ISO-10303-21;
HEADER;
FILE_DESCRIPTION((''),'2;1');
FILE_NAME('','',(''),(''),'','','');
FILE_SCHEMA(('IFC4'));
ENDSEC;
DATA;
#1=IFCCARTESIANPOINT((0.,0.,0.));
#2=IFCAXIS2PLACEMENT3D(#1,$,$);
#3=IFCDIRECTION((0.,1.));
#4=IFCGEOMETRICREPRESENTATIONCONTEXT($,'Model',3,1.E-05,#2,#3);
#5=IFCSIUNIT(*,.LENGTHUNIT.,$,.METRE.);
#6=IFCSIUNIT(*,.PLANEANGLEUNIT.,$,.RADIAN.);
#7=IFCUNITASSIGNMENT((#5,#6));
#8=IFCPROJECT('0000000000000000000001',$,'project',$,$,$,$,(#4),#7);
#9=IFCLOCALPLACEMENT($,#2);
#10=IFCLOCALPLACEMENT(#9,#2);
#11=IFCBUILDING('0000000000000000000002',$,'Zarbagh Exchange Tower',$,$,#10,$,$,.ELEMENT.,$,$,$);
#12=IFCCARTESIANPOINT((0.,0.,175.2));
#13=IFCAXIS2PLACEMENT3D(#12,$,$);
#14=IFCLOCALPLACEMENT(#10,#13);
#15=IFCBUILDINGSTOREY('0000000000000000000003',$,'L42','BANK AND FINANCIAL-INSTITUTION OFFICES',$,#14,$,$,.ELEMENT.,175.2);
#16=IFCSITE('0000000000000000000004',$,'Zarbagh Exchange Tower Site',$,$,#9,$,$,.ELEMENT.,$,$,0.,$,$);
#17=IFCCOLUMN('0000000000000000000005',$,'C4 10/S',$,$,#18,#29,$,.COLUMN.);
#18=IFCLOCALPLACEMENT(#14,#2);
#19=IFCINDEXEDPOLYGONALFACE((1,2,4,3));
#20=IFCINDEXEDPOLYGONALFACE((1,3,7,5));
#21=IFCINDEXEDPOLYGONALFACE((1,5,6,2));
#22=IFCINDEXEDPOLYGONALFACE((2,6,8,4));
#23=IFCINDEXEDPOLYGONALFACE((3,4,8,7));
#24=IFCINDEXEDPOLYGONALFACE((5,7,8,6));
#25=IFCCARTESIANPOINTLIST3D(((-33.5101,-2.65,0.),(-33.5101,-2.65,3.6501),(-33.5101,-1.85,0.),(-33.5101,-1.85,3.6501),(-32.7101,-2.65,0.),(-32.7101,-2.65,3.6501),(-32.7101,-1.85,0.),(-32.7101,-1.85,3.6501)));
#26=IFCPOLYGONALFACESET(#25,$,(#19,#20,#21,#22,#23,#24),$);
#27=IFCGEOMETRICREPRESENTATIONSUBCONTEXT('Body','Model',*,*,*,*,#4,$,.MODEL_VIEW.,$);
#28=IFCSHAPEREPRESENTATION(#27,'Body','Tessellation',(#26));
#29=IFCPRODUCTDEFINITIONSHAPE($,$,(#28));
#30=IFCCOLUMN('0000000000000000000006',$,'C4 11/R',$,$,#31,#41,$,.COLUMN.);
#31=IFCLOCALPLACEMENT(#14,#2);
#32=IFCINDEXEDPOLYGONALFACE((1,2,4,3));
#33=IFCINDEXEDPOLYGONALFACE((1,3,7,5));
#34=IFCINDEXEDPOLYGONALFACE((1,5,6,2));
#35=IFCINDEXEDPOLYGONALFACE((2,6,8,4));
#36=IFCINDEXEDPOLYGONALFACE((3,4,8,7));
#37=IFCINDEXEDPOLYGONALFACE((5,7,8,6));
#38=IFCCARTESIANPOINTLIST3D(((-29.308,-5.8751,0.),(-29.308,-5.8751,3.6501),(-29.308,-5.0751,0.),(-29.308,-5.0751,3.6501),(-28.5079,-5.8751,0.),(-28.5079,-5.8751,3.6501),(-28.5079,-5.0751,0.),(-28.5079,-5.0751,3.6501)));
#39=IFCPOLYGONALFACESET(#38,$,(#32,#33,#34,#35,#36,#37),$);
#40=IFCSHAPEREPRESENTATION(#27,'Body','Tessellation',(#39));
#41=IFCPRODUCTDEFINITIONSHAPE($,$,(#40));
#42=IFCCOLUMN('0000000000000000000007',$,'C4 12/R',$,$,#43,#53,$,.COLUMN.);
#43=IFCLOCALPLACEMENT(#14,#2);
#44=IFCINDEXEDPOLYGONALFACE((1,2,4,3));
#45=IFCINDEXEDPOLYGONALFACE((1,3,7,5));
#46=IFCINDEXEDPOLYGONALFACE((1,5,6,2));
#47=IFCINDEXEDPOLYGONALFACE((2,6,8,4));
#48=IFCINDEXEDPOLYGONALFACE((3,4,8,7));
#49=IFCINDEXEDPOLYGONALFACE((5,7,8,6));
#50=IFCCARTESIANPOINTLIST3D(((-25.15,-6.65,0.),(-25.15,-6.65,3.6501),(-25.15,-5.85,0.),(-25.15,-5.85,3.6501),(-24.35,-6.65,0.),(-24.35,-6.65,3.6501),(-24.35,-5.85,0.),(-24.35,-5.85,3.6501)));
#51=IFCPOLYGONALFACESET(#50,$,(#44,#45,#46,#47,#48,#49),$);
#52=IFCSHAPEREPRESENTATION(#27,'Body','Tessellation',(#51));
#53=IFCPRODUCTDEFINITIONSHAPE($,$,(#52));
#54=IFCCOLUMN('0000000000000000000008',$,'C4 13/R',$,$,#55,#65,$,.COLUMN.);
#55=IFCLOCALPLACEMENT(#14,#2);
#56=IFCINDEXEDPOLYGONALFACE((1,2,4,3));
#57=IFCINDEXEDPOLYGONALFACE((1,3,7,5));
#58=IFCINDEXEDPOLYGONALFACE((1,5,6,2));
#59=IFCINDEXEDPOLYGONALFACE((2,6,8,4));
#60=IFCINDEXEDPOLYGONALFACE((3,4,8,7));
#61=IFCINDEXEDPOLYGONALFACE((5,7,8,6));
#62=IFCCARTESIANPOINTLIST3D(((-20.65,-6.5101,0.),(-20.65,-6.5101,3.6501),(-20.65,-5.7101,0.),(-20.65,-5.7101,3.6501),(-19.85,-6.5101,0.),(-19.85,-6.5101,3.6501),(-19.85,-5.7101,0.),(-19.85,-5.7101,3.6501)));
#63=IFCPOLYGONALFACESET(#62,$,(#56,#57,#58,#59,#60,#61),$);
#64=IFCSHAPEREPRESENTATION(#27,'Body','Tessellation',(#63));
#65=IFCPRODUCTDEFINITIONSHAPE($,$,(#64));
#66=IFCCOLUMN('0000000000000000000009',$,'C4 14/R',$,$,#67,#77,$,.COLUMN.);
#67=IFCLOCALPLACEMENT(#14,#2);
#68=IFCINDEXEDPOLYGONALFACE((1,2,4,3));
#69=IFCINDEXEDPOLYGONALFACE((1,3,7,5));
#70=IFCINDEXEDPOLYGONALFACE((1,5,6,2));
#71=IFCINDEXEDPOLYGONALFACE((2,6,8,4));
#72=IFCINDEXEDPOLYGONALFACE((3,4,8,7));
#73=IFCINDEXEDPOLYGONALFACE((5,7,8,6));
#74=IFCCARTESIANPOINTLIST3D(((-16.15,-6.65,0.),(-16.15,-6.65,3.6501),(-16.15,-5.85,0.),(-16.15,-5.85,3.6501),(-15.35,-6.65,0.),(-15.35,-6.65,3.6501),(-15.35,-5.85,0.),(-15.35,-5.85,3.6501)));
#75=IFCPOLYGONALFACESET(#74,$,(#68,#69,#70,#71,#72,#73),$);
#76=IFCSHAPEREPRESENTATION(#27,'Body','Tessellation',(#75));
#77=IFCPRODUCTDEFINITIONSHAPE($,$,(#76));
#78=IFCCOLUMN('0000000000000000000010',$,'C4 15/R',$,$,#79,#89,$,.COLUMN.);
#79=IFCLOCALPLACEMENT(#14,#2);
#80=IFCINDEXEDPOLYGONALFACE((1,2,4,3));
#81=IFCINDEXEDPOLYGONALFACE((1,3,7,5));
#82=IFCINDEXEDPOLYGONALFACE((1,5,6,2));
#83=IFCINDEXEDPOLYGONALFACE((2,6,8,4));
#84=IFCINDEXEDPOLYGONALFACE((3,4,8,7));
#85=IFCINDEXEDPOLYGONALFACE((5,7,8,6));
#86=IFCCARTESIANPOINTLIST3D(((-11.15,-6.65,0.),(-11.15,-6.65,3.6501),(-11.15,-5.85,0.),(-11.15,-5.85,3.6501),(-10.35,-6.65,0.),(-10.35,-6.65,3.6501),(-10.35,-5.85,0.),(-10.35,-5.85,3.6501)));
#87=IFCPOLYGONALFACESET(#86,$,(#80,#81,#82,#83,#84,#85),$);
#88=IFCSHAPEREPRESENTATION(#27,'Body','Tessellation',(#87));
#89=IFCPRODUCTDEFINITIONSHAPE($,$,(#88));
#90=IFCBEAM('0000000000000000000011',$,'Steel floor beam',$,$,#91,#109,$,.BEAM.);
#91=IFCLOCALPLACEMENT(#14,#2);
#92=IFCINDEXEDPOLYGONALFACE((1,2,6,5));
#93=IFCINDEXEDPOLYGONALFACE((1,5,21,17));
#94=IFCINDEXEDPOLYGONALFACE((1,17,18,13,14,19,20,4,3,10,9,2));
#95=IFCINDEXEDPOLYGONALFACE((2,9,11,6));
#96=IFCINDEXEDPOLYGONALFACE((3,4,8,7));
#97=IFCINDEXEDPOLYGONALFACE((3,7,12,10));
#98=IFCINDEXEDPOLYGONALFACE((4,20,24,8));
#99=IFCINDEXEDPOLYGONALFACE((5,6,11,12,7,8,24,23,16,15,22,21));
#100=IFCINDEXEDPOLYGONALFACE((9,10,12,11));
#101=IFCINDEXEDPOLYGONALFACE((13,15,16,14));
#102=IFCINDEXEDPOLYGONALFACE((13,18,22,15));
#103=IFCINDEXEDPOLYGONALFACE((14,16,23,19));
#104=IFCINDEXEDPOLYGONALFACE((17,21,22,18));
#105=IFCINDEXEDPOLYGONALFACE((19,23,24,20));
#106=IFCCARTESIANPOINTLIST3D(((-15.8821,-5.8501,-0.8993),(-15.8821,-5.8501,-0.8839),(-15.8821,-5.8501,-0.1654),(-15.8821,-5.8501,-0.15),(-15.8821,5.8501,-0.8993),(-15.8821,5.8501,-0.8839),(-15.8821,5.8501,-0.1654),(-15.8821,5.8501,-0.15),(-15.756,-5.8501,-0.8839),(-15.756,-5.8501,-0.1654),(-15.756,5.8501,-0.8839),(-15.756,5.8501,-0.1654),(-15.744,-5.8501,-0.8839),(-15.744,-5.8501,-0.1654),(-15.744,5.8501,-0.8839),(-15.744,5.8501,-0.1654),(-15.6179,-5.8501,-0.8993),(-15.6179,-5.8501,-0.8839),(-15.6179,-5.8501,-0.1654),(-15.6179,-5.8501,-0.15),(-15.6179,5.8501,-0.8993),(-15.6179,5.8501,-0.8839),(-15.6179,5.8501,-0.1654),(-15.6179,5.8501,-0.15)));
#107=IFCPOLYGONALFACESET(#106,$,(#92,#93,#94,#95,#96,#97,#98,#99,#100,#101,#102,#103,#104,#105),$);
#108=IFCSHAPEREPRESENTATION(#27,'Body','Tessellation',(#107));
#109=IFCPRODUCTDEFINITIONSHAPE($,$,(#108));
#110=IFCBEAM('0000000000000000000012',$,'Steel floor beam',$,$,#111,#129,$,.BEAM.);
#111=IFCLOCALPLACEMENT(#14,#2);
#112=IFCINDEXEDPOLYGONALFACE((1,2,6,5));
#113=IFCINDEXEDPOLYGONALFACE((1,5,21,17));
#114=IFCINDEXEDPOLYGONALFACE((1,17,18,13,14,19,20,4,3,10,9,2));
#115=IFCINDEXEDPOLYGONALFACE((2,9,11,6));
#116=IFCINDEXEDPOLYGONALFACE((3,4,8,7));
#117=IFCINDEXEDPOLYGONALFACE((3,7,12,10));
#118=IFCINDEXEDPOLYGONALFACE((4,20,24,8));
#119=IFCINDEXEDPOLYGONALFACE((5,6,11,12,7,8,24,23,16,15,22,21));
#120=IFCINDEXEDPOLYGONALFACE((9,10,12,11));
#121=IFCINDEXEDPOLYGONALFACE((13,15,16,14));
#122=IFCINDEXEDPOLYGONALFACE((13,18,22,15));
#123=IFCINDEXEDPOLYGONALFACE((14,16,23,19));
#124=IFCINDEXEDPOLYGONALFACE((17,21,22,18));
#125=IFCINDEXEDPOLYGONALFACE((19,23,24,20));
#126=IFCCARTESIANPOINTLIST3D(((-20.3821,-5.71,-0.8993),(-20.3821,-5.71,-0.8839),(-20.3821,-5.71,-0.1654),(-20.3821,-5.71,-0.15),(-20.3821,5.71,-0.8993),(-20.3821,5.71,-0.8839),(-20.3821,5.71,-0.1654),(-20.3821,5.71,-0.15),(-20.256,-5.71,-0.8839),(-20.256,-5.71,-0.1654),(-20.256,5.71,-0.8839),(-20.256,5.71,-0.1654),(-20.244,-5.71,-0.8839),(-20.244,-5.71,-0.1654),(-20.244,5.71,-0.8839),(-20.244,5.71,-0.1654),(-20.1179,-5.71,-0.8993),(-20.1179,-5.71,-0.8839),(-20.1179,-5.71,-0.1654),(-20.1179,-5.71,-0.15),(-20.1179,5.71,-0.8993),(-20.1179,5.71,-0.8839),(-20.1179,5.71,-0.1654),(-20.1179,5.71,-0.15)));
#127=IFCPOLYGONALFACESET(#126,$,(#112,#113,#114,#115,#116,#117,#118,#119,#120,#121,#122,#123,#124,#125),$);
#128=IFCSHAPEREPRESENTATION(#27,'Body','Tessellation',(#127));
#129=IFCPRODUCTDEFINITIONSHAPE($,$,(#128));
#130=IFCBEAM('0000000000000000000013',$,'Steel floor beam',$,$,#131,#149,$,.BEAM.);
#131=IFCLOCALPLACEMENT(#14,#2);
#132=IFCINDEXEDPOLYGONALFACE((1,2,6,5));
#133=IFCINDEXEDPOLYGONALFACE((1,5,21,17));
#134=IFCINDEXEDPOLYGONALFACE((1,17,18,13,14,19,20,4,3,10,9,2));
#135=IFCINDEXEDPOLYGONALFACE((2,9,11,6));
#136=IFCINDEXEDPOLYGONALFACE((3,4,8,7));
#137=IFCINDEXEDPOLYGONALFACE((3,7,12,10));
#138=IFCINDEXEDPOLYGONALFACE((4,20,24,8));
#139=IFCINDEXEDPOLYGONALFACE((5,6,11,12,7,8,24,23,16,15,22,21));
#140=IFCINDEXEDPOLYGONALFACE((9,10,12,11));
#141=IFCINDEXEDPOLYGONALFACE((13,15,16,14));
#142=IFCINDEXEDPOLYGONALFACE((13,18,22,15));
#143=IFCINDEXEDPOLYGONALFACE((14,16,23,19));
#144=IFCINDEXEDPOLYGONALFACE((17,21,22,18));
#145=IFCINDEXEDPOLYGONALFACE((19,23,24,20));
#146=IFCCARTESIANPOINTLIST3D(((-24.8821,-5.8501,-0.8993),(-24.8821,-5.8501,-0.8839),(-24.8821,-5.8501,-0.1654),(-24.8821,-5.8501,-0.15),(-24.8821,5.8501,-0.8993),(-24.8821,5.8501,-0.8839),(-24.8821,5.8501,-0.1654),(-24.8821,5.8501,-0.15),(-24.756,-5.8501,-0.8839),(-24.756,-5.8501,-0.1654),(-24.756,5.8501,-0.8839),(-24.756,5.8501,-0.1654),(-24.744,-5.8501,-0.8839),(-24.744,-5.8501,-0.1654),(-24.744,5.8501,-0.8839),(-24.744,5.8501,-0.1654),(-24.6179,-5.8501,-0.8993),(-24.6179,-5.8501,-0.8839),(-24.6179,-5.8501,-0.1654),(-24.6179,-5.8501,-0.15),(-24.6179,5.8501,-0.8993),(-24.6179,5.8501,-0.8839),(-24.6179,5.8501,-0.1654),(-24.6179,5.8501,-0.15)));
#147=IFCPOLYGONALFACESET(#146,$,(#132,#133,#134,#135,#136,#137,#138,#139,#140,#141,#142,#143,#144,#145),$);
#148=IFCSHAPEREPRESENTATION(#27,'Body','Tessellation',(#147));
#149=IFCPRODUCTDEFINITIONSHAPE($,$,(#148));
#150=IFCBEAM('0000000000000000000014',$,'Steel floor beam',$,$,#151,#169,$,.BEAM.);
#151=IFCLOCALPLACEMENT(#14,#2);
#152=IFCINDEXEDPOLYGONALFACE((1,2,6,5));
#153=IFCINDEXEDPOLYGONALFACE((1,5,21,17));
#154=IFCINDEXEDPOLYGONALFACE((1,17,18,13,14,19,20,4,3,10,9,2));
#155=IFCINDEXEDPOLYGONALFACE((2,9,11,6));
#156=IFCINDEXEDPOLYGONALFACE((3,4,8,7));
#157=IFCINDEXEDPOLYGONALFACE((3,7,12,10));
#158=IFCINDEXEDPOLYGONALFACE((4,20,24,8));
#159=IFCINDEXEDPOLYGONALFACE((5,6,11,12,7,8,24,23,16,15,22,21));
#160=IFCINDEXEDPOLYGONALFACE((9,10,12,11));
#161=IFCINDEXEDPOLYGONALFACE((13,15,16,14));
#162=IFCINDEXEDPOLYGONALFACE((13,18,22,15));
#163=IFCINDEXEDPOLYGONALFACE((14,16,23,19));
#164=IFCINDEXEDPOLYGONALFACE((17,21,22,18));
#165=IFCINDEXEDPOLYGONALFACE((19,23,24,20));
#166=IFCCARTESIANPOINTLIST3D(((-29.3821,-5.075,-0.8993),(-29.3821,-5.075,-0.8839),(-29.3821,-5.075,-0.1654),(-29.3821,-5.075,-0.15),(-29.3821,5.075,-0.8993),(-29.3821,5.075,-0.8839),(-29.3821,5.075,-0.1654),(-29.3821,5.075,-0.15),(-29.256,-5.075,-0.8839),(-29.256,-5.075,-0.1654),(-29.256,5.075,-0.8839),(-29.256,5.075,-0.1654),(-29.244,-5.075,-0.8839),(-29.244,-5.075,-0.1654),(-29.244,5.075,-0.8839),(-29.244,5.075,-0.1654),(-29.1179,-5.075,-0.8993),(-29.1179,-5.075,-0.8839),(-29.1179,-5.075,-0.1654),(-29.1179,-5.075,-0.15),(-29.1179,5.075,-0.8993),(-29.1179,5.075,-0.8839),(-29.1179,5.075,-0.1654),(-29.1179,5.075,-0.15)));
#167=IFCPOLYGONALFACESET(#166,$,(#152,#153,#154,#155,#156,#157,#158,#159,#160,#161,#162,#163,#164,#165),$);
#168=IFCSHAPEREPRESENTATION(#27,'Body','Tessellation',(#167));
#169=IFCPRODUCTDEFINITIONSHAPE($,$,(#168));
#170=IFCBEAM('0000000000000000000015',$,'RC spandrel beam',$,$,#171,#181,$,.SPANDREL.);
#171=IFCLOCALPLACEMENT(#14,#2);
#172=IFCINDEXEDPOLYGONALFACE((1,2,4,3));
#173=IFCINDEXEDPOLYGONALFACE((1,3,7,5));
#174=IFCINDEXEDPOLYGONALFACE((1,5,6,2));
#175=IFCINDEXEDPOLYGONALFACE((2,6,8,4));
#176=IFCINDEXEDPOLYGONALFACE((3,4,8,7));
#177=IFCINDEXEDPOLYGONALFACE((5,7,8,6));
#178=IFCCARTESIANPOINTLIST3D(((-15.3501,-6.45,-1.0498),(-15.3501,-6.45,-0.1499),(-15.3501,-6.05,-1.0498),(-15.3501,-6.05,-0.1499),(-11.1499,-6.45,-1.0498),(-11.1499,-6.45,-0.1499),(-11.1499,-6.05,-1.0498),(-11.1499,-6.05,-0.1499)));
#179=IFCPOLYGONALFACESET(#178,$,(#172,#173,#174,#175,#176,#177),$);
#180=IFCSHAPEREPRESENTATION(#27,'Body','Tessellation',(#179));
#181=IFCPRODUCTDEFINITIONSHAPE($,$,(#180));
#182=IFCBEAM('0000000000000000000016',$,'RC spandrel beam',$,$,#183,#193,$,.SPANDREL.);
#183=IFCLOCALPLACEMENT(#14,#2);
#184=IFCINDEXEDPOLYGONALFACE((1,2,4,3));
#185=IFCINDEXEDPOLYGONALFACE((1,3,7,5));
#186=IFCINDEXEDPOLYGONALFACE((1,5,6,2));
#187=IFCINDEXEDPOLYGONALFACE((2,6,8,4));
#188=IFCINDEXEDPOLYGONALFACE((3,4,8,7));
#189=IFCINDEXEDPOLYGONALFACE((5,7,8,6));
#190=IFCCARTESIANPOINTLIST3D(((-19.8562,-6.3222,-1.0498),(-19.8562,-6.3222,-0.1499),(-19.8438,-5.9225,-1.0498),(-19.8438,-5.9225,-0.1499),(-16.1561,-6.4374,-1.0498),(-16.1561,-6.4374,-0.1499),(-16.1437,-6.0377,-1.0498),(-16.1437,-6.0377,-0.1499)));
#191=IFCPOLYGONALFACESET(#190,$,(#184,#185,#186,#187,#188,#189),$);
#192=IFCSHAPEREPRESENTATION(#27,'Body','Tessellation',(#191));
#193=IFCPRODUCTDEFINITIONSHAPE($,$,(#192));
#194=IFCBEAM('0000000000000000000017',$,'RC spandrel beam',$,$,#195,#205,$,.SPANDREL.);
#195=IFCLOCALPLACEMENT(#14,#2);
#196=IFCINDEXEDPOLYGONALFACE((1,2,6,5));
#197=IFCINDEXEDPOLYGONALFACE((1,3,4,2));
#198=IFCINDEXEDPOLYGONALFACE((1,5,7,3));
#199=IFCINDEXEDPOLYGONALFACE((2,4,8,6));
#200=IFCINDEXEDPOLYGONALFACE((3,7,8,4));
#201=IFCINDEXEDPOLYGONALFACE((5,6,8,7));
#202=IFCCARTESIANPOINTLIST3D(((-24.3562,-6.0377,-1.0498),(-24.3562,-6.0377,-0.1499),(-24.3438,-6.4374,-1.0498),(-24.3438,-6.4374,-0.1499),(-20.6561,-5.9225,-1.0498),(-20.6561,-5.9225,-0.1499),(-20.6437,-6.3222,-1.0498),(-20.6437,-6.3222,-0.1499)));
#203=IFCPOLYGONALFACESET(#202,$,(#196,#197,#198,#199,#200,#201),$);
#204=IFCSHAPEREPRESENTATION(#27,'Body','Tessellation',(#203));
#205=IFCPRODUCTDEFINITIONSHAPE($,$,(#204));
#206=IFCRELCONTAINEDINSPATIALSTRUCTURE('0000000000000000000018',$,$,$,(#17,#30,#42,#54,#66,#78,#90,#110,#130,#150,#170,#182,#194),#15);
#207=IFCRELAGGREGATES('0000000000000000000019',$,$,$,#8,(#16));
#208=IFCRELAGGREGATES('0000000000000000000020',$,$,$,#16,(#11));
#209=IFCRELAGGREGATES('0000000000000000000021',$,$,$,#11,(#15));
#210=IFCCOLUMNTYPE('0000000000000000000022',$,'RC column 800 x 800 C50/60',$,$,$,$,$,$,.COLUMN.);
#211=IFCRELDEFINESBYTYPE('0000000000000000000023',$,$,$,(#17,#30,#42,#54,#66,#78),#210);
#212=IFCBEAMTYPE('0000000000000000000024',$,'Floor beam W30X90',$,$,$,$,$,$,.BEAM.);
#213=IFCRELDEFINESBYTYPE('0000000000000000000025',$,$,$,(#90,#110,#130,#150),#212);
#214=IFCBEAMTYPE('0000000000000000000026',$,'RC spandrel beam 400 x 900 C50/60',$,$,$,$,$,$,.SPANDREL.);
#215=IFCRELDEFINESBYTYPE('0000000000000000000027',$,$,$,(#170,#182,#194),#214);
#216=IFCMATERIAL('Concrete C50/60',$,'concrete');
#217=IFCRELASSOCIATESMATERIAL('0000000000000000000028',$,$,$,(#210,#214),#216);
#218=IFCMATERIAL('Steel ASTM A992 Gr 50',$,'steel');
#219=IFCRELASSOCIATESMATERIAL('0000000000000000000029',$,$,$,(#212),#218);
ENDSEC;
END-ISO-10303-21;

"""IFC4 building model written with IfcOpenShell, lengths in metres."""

from ifc_helpers import new_model, si_unit, direction, frame, origin, origin_2d, place, context, subcontext, project, spatial, rectangle, i_section, extrude, material, material_profile, profile_set, type_object, element, save


model = new_model("IFC4")

# Units and contexts
model_context = context("Model", 3, precision=1e-05, world=origin(), true_north=direction((0.0, 1.0)))
body_context = subcontext(model_context, "Body", "Model", "MODEL_VIEW")
ifc_project = project(units=[si_unit("LENGTHUNIT", "METRE"), si_unit("PLANEANGLEUNIT", "RADIAN")], contexts=[model_context])

# Site, building, storey
site_placement = place(None, origin())
site = spatial("IfcSite", under=ifc_project, at=site_placement, Name="Zarbagh Exchange Tower Site", CompositionType="ELEMENT", RefElevation=0.0)
building_placement = place(site_placement, origin())
building = spatial("IfcBuilding", under=site, at=building_placement, Name="Zarbagh Exchange Tower", CompositionType="ELEMENT")
storey_placement = place(building_placement, frame((0.0, 0.0, 175.2)))
storey = spatial("IfcBuildingStorey", under=building, at=storey_placement, Name="L42", Description="BANK AND FINANCIAL-INSTITUTION OFFICES", CompositionType="ELEMENT", Elevation=175.2)

# Columns
ifc_material_1 = material(Name="Concrete C50/60", Category="concrete")
ifc_material_profile_1 = material_profile(ifc_material_1, rectangle(XDim=0.8, YDim=0.8, at=origin_2d()), Name="RC column 800 x 800 C50/60")
ifc_profile_set_1 = profile_set([ifc_material_profile_1], Name="Concrete C50/60")
column_type = type_object("IfcColumnType", Name="RC column 800 x 800 C50/60", PredefinedType="COLUMN", material=ifc_profile_set_1)
for number, where, z_axis, x_axis, name in (
    (1, (-33.1101, -2.25, 0.0), (0.0, 0.0, 1.0), (1.0, 0.0, 0.0), "C4 10/S"),
    (2, (-28.908, -5.4751, 0.0), (0.0, 0.0, 1.0), (1.0, 0.0, 0.0), "C4 11/R"),
    (3, (-24.75, -6.25, 0.0), (0.0, 0.0, 1.0), (1.0, 0.0, 0.0), "C4 12/R"),
    (4, (-20.25, -6.1101, 0.0), (0.0, 0.0, 1.0), (1.0, 0.0, 0.0), "C4 13/R"),
    (5, (-15.75, -6.25, 0.0), (0.0, 0.0, 1.0), (1.0, 0.0, 0.0), "C4 14/R"),
    (6, (-10.75, -6.25, 0.0), (0.0, 0.0, 1.0), (1.0, 0.0, 0.0), "C4 15/R"),
):
    element("IfcColumn", number, at=place(storey_placement, frame(where, z_axis=z_axis, x_axis=x_axis)), inside=storey, type_object=column_type, Name=name, PredefinedType="COLUMN", context=body_context, shape_type="SweptSolid", body=[
        extrude(rectangle(XDim=0.8, YDim=0.8, at=origin_2d()), origin(), (0.0, 0.0, 1.0), 3.6501),
    ])

# Beams
ifc_material_2 = material(Name="Steel ASTM A992 Gr 50", Category="steel")
ifc_material_profile_2 = material_profile(ifc_material_2, i_section(OverallWidth=0.2642, OverallDepth=0.7493, WebThickness=0.012, FlangeThickness=0.0154, at=origin_2d()), Name="W30X90")
ifc_profile_set_2 = profile_set([ifc_material_profile_2], Name="Steel ASTM A992 Gr 50")
beam_type_1 = type_object("IfcBeamType", Name="Floor beam W30X90", PredefinedType="BEAM", material=ifc_profile_set_2)
beam_1_placement = place(storey_placement, frame((-15.75, -5.8501, -0.5247), z_axis=(0.0, 1.0, 0.0), x_axis=(-1.0, 0.0, 0.0)))
element("IfcBeam", 7, at=beam_1_placement, inside=storey, type_object=beam_type_1, Name="Steel floor beam", PredefinedType="BEAM", context=body_context, shape_type="SweptSolid", body=[
    extrude(i_section(OverallWidth=0.2642, OverallDepth=0.7493, WebThickness=0.012, FlangeThickness=0.0154, at=origin_2d()), origin(), (0.0, 0.0, 1.0), 11.7002),
])
beam_2_placement = place(storey_placement, frame((-20.25, -5.71, -0.5247), z_axis=(0.0, 1.0, 0.0), x_axis=(-1.0, 0.0, 0.0)))
element("IfcBeam", 8, at=beam_2_placement, inside=storey, type_object=beam_type_1, Name="Steel floor beam", PredefinedType="BEAM", context=body_context, shape_type="SweptSolid", body=[
    extrude(i_section(OverallWidth=0.2642, OverallDepth=0.7493, WebThickness=0.012, FlangeThickness=0.0154, at=origin_2d()), origin(), (0.0, 0.0, 1.0), 11.4199),
])
beam_3_placement = place(storey_placement, frame((-24.75, -5.8501, -0.5247), z_axis=(0.0, 1.0, 0.0), x_axis=(-1.0, 0.0, 0.0)))
element("IfcBeam", 9, at=beam_3_placement, inside=storey, type_object=beam_type_1, Name="Steel floor beam", PredefinedType="BEAM", context=body_context, shape_type="SweptSolid", body=[
    extrude(i_section(OverallWidth=0.2642, OverallDepth=0.7493, WebThickness=0.012, FlangeThickness=0.0154, at=origin_2d()), origin(), (0.0, 0.0, 1.0), 11.7002),
])
beam_4_placement = place(storey_placement, frame((-29.25, -5.075, -0.5247), z_axis=(0.0, 1.0, 0.0), x_axis=(-1.0, 0.0, 0.0)))
element("IfcBeam", 10, at=beam_4_placement, inside=storey, type_object=beam_type_1, Name="Steel floor beam", PredefinedType="BEAM", context=body_context, shape_type="SweptSolid", body=[
    extrude(i_section(OverallWidth=0.2642, OverallDepth=0.7493, WebThickness=0.012, FlangeThickness=0.0154, at=origin_2d()), origin(), (0.0, 0.0, 1.0), 10.1499),
])
ifc_material_profile_3 = material_profile(ifc_material_1, rectangle(XDim=0.3999, YDim=0.8999, at=origin_2d()), Name="RC spandrel beam 400 x 900 C50/60")
ifc_profile_set_3 = profile_set([ifc_material_profile_3], Name="Concrete C50/60")
beam_type_2 = type_object("IfcBeamType", Name="RC spandrel beam 400 x 900 C50/60", PredefinedType="SPANDREL", material=ifc_profile_set_3)
beam_5_placement = place(storey_placement, frame((-11.1499, -6.25, -0.5999), z_axis=(-1.0, 0.0, 0.0), x_axis=(0.0, -1.0, 0.0)))
element("IfcBeam", 11, at=beam_5_placement, inside=storey, type_object=beam_type_2, Name="RC spandrel beam", PredefinedType="SPANDREL", context=body_context, shape_type="SweptSolid", body=[
    extrude(rectangle(XDim=0.3999, YDim=0.8999, at=origin_2d()), origin(), (0.0, 0.0, 1.0), 4.2002),
])
for number, where, z_axis, x_axis, name in (
    (12, (-16.1499, -6.2375, -0.5999), (-0.999515, 0.031128, 0.0), (-0.031128, -0.999515, 0.0), "RC spandrel beam"),
    (13, (-20.6499, -6.1223, -0.5999), (-0.999515, -0.031128, 0.0), (0.031128, -0.999515, 0.0), "RC spandrel beam"),
):
    element("IfcBeam", number, at=place(storey_placement, frame(where, z_axis=z_axis, x_axis=x_axis)), inside=storey, type_object=beam_type_2, Name=name, PredefinedType="SPANDREL", context=body_context, shape_type="SweptSolid", body=[
        extrude(rectangle(XDim=0.3999, YDim=0.8999, at=origin_2d()), origin(), (0.0, 0.0, 1.0), 3.7019),
    ])

save(model, "model.ifc")
